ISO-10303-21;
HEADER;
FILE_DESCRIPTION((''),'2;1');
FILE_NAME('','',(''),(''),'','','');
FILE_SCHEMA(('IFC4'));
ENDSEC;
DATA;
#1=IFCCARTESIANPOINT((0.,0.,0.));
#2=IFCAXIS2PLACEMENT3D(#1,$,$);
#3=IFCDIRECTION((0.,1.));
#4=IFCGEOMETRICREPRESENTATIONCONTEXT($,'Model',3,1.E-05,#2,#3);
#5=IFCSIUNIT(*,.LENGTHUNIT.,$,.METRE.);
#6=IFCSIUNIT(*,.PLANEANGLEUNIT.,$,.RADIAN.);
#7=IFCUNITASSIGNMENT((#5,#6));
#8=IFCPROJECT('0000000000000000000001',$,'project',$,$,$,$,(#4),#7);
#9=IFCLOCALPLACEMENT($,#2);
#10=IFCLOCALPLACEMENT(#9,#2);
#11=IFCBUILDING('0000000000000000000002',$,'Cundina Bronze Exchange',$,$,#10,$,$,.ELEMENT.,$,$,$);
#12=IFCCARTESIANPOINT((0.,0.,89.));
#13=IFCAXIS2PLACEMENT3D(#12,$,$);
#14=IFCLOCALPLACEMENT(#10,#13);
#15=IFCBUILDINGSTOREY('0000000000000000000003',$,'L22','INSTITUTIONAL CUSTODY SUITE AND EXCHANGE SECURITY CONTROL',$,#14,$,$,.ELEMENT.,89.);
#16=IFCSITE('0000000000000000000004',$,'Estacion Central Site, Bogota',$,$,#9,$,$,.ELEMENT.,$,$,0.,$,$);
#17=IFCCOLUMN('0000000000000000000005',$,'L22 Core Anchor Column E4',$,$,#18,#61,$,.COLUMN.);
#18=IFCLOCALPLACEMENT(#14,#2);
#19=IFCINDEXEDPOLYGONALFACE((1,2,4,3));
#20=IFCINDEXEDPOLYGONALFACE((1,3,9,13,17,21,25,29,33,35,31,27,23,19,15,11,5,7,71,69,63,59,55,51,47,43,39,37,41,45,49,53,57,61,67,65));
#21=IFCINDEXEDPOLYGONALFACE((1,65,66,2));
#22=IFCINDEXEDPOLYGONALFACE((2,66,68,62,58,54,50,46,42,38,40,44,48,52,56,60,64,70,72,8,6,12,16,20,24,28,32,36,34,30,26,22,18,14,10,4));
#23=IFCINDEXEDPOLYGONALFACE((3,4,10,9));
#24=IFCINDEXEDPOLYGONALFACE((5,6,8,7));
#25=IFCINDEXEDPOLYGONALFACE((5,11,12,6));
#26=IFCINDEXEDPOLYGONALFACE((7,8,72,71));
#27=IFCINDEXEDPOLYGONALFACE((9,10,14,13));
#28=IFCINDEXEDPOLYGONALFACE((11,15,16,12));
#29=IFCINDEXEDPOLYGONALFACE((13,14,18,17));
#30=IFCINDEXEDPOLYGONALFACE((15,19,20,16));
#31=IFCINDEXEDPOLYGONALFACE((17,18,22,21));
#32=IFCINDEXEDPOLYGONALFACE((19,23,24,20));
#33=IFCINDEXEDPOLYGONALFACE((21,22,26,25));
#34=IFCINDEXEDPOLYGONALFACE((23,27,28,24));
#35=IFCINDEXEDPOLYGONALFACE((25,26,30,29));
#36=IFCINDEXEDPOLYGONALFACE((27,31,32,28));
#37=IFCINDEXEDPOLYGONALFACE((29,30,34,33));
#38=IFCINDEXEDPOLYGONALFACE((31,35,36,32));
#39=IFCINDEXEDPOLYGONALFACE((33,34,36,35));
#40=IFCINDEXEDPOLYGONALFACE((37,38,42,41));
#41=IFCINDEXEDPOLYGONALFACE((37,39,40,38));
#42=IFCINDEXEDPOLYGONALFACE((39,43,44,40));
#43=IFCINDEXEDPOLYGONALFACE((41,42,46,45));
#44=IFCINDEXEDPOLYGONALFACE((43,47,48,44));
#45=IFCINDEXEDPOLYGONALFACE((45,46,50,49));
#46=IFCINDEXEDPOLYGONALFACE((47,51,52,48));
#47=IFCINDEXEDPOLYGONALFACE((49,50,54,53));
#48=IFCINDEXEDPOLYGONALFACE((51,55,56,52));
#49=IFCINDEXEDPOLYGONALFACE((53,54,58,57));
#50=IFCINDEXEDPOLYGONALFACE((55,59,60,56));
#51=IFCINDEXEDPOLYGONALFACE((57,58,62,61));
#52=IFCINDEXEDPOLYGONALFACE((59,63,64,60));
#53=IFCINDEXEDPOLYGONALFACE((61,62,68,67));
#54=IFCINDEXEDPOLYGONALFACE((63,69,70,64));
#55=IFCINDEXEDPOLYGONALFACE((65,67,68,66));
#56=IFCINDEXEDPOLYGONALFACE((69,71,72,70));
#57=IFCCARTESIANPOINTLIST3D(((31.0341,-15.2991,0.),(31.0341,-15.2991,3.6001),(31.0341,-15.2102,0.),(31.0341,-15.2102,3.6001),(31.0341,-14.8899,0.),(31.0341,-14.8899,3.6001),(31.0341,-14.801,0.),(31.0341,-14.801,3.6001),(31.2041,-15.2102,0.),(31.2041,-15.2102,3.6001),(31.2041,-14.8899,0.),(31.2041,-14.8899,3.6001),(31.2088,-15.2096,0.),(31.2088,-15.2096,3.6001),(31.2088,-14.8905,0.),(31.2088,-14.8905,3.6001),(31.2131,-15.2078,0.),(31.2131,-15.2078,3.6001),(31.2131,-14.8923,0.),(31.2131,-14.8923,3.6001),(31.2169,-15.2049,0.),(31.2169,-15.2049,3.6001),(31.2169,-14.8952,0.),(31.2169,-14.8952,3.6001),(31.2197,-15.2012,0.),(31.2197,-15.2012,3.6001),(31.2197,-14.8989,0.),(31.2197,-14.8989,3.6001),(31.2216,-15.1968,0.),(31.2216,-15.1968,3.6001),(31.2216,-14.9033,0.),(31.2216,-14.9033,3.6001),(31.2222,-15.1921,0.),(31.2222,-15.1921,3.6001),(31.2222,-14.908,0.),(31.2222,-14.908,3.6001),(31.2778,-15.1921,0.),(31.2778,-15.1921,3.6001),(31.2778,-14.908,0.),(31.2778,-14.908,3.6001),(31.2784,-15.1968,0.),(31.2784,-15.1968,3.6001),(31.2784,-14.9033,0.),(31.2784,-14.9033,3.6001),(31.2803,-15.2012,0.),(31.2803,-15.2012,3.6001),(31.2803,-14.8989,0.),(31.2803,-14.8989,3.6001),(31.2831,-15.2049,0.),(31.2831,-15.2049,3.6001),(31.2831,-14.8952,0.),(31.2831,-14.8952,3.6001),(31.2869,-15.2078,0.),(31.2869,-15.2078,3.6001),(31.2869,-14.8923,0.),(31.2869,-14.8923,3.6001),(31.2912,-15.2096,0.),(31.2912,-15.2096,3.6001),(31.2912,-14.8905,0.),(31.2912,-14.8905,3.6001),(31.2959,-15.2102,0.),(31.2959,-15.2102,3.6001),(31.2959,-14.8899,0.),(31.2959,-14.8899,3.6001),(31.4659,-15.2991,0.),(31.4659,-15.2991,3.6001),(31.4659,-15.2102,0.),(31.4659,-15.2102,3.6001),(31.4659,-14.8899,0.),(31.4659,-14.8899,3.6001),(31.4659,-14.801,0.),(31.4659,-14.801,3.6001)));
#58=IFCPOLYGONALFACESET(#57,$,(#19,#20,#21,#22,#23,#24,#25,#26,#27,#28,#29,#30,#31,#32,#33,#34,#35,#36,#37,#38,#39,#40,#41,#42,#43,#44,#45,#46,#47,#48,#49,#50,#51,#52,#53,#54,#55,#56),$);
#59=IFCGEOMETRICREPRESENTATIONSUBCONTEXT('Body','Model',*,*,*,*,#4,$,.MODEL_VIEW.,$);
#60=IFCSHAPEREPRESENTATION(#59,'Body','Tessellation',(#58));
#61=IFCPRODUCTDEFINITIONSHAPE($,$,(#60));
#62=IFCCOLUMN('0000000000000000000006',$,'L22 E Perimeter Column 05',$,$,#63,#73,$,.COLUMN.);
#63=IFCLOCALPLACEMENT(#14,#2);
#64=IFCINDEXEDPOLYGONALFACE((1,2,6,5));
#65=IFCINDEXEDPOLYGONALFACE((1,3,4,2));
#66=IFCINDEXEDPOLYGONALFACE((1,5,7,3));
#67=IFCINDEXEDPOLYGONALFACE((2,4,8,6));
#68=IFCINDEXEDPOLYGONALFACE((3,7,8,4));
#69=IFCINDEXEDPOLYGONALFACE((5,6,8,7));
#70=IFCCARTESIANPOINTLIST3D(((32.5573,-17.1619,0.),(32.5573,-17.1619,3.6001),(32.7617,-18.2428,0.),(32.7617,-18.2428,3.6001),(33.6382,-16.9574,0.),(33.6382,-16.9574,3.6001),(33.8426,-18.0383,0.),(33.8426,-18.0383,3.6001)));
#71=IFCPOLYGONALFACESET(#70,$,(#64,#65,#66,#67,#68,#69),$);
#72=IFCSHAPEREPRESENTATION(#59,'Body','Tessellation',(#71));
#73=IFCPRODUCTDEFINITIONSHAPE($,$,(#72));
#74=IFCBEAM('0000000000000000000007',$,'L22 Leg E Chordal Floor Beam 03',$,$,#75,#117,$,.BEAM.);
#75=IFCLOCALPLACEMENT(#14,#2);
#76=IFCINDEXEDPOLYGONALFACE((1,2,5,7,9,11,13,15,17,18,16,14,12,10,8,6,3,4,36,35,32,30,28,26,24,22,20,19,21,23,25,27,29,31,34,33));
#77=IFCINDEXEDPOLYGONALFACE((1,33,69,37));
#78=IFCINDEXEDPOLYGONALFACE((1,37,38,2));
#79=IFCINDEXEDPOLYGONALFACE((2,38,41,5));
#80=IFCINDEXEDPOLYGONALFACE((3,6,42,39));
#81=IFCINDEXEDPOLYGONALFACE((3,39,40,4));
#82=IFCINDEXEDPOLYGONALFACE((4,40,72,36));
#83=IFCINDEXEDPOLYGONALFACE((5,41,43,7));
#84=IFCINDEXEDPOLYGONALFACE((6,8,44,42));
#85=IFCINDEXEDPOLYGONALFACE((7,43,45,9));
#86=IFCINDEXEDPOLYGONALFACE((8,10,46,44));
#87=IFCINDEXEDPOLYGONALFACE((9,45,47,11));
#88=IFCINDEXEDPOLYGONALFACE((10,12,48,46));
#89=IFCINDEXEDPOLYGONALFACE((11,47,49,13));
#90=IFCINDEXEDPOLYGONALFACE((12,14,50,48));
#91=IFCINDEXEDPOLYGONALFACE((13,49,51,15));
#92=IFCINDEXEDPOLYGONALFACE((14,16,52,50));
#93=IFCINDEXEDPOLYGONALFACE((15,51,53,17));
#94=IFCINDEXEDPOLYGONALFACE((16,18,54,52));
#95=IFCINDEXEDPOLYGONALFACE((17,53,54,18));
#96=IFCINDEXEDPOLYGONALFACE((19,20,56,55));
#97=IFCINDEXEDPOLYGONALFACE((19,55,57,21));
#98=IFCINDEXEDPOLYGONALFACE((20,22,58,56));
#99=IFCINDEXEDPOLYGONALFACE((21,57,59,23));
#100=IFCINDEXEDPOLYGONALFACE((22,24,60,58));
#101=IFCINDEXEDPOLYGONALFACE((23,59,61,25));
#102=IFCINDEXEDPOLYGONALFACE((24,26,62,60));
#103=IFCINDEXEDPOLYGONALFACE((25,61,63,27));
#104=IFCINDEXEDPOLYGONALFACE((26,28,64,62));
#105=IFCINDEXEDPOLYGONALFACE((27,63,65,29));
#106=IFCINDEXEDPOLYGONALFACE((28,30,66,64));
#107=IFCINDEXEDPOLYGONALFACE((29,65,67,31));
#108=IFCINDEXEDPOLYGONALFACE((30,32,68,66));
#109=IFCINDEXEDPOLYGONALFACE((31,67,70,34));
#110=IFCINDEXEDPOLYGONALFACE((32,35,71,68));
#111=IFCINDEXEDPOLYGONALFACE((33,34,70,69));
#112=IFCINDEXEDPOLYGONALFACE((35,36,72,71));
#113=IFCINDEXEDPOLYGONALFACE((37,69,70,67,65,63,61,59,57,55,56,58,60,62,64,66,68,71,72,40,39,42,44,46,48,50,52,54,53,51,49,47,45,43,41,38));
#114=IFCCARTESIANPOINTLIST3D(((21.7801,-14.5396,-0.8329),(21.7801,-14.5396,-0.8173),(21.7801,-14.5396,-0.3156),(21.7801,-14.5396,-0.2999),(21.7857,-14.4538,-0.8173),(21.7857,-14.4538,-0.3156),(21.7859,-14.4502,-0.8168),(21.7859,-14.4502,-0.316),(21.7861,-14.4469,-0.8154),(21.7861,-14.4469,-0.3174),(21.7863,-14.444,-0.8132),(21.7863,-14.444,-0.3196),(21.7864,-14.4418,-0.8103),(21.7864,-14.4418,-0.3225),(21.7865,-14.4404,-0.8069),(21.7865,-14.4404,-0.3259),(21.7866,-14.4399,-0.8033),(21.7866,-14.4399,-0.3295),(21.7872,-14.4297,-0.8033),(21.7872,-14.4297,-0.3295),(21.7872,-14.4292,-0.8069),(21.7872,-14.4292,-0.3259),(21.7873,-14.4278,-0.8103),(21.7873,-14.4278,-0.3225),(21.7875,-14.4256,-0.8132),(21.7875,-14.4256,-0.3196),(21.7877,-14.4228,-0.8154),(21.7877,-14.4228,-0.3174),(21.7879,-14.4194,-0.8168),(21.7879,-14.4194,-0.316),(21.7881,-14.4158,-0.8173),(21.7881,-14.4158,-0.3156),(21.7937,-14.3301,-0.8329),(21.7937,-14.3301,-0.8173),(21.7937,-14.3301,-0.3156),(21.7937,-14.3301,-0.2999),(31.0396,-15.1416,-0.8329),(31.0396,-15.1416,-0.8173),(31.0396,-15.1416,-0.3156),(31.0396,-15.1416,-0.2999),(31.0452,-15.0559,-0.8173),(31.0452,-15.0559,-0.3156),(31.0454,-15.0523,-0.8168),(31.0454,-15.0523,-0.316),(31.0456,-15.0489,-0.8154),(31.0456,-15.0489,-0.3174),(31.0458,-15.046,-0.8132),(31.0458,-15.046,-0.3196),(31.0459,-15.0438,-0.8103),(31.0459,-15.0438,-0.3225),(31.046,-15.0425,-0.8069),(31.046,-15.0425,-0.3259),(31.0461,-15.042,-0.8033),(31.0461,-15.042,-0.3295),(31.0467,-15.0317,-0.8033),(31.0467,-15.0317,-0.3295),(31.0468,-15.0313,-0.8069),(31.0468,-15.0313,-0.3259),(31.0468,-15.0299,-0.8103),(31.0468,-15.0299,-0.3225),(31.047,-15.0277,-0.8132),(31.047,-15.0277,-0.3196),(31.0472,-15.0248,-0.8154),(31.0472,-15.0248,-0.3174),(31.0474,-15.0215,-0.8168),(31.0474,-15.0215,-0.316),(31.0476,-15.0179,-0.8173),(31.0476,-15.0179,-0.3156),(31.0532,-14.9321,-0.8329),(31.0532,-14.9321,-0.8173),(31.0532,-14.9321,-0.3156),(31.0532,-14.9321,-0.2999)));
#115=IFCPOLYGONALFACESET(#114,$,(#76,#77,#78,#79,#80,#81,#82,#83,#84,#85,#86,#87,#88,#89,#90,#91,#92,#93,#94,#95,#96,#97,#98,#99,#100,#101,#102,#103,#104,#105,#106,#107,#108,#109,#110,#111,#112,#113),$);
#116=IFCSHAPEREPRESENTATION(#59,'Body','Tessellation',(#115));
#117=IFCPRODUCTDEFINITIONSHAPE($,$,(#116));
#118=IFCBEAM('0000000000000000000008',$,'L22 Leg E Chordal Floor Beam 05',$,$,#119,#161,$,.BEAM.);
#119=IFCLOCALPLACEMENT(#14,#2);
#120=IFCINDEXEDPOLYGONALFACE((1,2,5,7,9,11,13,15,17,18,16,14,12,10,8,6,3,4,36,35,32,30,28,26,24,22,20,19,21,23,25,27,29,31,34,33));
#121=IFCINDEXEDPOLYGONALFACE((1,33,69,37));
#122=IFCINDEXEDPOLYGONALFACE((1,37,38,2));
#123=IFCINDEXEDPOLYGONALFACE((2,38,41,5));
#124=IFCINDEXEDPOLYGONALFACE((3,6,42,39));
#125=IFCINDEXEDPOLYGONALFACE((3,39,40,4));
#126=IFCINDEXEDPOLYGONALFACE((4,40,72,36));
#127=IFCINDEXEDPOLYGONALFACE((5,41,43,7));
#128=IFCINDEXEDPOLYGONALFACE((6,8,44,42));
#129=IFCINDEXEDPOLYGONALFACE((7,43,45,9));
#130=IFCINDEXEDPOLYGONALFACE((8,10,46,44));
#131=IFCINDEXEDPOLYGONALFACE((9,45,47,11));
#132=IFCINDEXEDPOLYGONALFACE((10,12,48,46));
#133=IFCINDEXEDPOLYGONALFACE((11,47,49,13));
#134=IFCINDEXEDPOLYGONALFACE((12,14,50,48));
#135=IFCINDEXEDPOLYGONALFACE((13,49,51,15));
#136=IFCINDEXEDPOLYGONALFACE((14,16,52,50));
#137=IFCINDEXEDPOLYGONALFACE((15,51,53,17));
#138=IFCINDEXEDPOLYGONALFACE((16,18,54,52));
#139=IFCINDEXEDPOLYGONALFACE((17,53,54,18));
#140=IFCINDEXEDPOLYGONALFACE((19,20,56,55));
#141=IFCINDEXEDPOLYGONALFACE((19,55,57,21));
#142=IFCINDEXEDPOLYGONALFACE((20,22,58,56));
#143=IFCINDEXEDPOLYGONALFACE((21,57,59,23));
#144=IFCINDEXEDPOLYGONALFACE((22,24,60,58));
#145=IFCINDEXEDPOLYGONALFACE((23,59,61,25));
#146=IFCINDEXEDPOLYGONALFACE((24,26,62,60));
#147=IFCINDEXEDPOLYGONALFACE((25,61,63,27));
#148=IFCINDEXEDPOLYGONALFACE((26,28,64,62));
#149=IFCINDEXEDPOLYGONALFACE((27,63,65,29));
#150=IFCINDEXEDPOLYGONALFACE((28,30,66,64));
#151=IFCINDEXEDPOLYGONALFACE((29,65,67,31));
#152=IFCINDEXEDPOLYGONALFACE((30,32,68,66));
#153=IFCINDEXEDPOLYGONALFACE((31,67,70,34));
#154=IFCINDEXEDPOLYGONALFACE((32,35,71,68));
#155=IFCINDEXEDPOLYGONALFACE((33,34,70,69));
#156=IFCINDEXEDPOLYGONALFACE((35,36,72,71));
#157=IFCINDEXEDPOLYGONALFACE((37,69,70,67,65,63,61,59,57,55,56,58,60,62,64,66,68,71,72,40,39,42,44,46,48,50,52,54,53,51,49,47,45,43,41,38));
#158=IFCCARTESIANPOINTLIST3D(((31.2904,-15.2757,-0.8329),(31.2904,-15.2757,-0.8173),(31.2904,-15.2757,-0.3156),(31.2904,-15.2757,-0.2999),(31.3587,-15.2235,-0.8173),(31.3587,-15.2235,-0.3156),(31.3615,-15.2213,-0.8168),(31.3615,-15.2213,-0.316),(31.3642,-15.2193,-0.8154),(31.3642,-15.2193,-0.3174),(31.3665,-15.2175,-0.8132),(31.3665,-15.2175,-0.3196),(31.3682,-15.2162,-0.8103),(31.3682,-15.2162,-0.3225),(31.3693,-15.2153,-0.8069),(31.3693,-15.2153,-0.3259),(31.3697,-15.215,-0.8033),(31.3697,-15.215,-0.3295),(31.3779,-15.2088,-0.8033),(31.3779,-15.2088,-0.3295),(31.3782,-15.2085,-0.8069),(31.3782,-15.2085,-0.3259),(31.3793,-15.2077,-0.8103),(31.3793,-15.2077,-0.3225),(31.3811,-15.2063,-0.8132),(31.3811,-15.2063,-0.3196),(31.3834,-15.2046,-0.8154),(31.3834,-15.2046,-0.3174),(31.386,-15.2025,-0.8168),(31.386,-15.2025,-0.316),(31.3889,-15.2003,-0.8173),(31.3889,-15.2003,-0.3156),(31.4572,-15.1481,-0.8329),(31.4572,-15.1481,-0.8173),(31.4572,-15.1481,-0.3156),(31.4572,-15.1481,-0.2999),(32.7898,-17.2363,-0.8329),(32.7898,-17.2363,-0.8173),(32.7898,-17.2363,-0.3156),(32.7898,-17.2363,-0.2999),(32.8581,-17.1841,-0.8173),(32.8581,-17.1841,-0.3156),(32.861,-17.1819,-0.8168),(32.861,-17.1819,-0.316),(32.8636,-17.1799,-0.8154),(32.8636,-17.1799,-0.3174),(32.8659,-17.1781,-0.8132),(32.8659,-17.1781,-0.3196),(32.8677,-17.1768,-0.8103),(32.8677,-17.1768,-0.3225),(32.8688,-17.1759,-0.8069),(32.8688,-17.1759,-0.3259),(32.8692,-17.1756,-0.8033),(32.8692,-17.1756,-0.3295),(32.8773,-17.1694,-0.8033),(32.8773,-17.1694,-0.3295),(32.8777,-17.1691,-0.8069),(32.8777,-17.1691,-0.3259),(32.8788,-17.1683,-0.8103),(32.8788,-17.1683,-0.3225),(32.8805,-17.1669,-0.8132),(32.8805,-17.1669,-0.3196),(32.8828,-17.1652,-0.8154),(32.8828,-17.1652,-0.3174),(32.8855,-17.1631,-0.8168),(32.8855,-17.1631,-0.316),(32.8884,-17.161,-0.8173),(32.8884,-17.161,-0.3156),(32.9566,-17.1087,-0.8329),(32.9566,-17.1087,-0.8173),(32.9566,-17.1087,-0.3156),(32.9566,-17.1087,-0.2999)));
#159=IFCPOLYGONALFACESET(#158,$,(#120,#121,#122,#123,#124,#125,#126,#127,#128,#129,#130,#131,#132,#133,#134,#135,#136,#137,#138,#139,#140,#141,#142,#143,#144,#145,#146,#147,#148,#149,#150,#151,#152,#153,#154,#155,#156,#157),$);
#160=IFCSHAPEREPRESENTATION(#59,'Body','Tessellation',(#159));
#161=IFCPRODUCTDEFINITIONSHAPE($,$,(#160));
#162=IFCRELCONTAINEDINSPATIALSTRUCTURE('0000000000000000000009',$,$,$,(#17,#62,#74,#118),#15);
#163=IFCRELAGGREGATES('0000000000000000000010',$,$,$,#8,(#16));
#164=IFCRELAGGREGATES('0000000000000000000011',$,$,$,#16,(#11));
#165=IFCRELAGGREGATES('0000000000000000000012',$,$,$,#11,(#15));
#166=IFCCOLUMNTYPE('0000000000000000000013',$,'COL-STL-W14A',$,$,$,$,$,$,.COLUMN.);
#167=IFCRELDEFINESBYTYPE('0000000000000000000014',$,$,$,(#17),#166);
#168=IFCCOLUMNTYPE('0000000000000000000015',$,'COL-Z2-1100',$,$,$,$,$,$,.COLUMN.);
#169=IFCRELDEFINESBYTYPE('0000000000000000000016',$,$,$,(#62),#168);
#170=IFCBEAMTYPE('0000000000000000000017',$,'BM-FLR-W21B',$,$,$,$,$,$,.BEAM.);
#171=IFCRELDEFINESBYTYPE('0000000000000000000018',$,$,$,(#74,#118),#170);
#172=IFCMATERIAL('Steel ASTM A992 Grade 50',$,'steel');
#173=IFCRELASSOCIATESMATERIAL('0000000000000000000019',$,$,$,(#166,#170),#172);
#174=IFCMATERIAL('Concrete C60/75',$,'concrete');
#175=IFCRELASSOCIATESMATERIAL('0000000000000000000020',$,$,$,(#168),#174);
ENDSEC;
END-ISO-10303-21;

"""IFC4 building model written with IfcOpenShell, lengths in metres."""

from ifc_helpers import new_model, si_unit, direction, frame, origin, origin_2d, place, context, subcontext, project, spatial, rectangle, i_section, extrude, material, material_profile, profile_set, type_object, element, save


model = new_model("IFC4")

# Units and contexts
model_context = context("Model", 3, precision=1e-05, world=origin(), true_north=direction((0.0, 1.0)))
body_context = subcontext(model_context, "Body", "Model", "MODEL_VIEW")
ifc_project = project(units=[si_unit("LENGTHUNIT", "METRE"), si_unit("PLANEANGLEUNIT", "RADIAN")], contexts=[model_context])

# Site, building, storey
site_placement = place(None, origin())
site = spatial("IfcSite", under=ifc_project, at=site_placement, Name="Estacion Central Site, Bogota", CompositionType="ELEMENT", RefElevation=0.0)
building_placement = place(site_placement, origin())
building = spatial("IfcBuilding", under=site, at=building_placement, Name="Cundina Bronze Exchange", CompositionType="ELEMENT")
storey_placement = place(building_placement, frame((0.0, 0.0, 89.0)))
storey = spatial("IfcBuildingStorey", under=building, at=storey_placement, Name="L22", Description="INSTITUTIONAL CUSTODY SUITE AND EXCHANGE SECURITY CONTROL", CompositionType="ELEMENT", Elevation=89.0)

# Columns
ifc_material_1 = material(Name="Steel ASTM A992 Grade 50", Category="steel")
ifc_material_profile_1 = material_profile(ifc_material_1, i_section(OverallWidth=0.4319, OverallDepth=0.498, WebThickness=0.0557, FlangeThickness=0.0889, FilletRadius=0.0181, at=origin_2d()), Name="W14X500", Category="steel")
ifc_profile_set_1 = profile_set([ifc_material_profile_1], Name="Steel ASTM A992 Grade 50")
column_type_1 = type_object("IfcColumnType", Name="COL-STL-W14A", PredefinedType="COLUMN", material=ifc_profile_set_1)
column_1_placement = place(storey_placement, frame((31.25, -15.05, 0.0), z_axis=(0.0, 0.0, 1.0), x_axis=(1.0, 0.0, 0.0)))
element("IfcColumn", 1, at=column_1_placement, inside=storey, type_object=column_type_1, Name="L22 Core Anchor Column E4", PredefinedType="COLUMN", context=body_context, shape_type="SweptSolid", body=[
    extrude(i_section(OverallWidth=0.4319, OverallDepth=0.498, WebThickness=0.0557, FlangeThickness=0.0889, FilletRadius=0.0181, at=origin_2d()), origin(), (0.0, 0.0, 1.0), 3.6001),
])
ifc_material_2 = material(Name="Concrete C60/75", Category="concrete")
ifc_material_profile_2 = material_profile(ifc_material_2, rectangle(XDim=1.1001, YDim=1.1001, at=origin_2d()), Name="RC1100X1100", Category="concrete")
ifc_profile_set_2 = profile_set([ifc_material_profile_2], Name="Concrete C60/75")
column_type_2 = type_object("IfcColumnType", Name="COL-Z2-1100", PredefinedType="COLUMN", material=ifc_profile_set_2)
column_2_placement = place(storey_placement, frame((33.2, -17.6001, 0.0), z_axis=(0.0, 0.0, 1.0), x_axis=(0.98258, 0.185838, 0.0)))
element("IfcColumn", 2, at=column_2_placement, inside=storey, type_object=column_type_2, Name="L22 E Perimeter Column 05", PredefinedType="COLUMN", context=body_context, shape_type="SweptSolid", body=[
    extrude(rectangle(XDim=1.1001, YDim=1.1001, at=origin_2d()), origin(), (0.0, 0.0, 1.0), 3.6001),
])

# Beams
ifc_material_profile_3 = material_profile(ifc_material_1, i_section(OverallWidth=0.21, OverallDepth=0.533, WebThickness=0.0103, FlangeThickness=0.0156, FilletRadius=0.0139, at=origin_2d()), Name="W21X62", Category="steel")
ifc_profile_set_3 = profile_set([ifc_material_profile_3], Name="Steel ASTM A992 Grade 50")
beam_type_1 = type_object("IfcBeamType", Name="BM-FLR-W21B", PredefinedType="BEAM", material=ifc_profile_set_3)
beam_1_placement = place(storey_placement, frame((31.0464, -15.0369, -0.5664), z_axis=(-0.997893, 0.064883, 0.0), x_axis=(-0.064883, -0.997893, 0.0)))
element("IfcBeam", 3, at=beam_1_placement, inside=storey, type_object=beam_type_1, Name="L22 Leg E Chordal Floor Beam 03", PredefinedType="BEAM", context=body_context, shape_type="SweptSolid", body=[
    extrude(i_section(OverallWidth=0.21, OverallDepth=0.533, WebThickness=0.0103, FlangeThickness=0.0156, FilletRadius=0.0139, at=origin_2d()), origin(), (0.0, 0.0, 1.0), 9.2791),
])
beam_2_placement = place(storey_placement, frame((31.3738, -15.2119, -0.5664), z_axis=(0.60749, -0.794327, 0.0), x_axis=(0.794327, 0.60749, 0.0)))
element("IfcBeam", 4, at=beam_2_placement, inside=storey, type_object=beam_type_1, Name="L22 Leg E Chordal Floor Beam 05", PredefinedType="BEAM", context=body_context, shape_type="SweptSolid", body=[
    extrude(i_section(OverallWidth=0.21, OverallDepth=0.533, WebThickness=0.0103, FlangeThickness=0.0156, FilletRadius=0.0139, at=origin_2d()), origin(), (0.0, 0.0, 1.0), 2.4683),
])

save(model, "model.ifc")
